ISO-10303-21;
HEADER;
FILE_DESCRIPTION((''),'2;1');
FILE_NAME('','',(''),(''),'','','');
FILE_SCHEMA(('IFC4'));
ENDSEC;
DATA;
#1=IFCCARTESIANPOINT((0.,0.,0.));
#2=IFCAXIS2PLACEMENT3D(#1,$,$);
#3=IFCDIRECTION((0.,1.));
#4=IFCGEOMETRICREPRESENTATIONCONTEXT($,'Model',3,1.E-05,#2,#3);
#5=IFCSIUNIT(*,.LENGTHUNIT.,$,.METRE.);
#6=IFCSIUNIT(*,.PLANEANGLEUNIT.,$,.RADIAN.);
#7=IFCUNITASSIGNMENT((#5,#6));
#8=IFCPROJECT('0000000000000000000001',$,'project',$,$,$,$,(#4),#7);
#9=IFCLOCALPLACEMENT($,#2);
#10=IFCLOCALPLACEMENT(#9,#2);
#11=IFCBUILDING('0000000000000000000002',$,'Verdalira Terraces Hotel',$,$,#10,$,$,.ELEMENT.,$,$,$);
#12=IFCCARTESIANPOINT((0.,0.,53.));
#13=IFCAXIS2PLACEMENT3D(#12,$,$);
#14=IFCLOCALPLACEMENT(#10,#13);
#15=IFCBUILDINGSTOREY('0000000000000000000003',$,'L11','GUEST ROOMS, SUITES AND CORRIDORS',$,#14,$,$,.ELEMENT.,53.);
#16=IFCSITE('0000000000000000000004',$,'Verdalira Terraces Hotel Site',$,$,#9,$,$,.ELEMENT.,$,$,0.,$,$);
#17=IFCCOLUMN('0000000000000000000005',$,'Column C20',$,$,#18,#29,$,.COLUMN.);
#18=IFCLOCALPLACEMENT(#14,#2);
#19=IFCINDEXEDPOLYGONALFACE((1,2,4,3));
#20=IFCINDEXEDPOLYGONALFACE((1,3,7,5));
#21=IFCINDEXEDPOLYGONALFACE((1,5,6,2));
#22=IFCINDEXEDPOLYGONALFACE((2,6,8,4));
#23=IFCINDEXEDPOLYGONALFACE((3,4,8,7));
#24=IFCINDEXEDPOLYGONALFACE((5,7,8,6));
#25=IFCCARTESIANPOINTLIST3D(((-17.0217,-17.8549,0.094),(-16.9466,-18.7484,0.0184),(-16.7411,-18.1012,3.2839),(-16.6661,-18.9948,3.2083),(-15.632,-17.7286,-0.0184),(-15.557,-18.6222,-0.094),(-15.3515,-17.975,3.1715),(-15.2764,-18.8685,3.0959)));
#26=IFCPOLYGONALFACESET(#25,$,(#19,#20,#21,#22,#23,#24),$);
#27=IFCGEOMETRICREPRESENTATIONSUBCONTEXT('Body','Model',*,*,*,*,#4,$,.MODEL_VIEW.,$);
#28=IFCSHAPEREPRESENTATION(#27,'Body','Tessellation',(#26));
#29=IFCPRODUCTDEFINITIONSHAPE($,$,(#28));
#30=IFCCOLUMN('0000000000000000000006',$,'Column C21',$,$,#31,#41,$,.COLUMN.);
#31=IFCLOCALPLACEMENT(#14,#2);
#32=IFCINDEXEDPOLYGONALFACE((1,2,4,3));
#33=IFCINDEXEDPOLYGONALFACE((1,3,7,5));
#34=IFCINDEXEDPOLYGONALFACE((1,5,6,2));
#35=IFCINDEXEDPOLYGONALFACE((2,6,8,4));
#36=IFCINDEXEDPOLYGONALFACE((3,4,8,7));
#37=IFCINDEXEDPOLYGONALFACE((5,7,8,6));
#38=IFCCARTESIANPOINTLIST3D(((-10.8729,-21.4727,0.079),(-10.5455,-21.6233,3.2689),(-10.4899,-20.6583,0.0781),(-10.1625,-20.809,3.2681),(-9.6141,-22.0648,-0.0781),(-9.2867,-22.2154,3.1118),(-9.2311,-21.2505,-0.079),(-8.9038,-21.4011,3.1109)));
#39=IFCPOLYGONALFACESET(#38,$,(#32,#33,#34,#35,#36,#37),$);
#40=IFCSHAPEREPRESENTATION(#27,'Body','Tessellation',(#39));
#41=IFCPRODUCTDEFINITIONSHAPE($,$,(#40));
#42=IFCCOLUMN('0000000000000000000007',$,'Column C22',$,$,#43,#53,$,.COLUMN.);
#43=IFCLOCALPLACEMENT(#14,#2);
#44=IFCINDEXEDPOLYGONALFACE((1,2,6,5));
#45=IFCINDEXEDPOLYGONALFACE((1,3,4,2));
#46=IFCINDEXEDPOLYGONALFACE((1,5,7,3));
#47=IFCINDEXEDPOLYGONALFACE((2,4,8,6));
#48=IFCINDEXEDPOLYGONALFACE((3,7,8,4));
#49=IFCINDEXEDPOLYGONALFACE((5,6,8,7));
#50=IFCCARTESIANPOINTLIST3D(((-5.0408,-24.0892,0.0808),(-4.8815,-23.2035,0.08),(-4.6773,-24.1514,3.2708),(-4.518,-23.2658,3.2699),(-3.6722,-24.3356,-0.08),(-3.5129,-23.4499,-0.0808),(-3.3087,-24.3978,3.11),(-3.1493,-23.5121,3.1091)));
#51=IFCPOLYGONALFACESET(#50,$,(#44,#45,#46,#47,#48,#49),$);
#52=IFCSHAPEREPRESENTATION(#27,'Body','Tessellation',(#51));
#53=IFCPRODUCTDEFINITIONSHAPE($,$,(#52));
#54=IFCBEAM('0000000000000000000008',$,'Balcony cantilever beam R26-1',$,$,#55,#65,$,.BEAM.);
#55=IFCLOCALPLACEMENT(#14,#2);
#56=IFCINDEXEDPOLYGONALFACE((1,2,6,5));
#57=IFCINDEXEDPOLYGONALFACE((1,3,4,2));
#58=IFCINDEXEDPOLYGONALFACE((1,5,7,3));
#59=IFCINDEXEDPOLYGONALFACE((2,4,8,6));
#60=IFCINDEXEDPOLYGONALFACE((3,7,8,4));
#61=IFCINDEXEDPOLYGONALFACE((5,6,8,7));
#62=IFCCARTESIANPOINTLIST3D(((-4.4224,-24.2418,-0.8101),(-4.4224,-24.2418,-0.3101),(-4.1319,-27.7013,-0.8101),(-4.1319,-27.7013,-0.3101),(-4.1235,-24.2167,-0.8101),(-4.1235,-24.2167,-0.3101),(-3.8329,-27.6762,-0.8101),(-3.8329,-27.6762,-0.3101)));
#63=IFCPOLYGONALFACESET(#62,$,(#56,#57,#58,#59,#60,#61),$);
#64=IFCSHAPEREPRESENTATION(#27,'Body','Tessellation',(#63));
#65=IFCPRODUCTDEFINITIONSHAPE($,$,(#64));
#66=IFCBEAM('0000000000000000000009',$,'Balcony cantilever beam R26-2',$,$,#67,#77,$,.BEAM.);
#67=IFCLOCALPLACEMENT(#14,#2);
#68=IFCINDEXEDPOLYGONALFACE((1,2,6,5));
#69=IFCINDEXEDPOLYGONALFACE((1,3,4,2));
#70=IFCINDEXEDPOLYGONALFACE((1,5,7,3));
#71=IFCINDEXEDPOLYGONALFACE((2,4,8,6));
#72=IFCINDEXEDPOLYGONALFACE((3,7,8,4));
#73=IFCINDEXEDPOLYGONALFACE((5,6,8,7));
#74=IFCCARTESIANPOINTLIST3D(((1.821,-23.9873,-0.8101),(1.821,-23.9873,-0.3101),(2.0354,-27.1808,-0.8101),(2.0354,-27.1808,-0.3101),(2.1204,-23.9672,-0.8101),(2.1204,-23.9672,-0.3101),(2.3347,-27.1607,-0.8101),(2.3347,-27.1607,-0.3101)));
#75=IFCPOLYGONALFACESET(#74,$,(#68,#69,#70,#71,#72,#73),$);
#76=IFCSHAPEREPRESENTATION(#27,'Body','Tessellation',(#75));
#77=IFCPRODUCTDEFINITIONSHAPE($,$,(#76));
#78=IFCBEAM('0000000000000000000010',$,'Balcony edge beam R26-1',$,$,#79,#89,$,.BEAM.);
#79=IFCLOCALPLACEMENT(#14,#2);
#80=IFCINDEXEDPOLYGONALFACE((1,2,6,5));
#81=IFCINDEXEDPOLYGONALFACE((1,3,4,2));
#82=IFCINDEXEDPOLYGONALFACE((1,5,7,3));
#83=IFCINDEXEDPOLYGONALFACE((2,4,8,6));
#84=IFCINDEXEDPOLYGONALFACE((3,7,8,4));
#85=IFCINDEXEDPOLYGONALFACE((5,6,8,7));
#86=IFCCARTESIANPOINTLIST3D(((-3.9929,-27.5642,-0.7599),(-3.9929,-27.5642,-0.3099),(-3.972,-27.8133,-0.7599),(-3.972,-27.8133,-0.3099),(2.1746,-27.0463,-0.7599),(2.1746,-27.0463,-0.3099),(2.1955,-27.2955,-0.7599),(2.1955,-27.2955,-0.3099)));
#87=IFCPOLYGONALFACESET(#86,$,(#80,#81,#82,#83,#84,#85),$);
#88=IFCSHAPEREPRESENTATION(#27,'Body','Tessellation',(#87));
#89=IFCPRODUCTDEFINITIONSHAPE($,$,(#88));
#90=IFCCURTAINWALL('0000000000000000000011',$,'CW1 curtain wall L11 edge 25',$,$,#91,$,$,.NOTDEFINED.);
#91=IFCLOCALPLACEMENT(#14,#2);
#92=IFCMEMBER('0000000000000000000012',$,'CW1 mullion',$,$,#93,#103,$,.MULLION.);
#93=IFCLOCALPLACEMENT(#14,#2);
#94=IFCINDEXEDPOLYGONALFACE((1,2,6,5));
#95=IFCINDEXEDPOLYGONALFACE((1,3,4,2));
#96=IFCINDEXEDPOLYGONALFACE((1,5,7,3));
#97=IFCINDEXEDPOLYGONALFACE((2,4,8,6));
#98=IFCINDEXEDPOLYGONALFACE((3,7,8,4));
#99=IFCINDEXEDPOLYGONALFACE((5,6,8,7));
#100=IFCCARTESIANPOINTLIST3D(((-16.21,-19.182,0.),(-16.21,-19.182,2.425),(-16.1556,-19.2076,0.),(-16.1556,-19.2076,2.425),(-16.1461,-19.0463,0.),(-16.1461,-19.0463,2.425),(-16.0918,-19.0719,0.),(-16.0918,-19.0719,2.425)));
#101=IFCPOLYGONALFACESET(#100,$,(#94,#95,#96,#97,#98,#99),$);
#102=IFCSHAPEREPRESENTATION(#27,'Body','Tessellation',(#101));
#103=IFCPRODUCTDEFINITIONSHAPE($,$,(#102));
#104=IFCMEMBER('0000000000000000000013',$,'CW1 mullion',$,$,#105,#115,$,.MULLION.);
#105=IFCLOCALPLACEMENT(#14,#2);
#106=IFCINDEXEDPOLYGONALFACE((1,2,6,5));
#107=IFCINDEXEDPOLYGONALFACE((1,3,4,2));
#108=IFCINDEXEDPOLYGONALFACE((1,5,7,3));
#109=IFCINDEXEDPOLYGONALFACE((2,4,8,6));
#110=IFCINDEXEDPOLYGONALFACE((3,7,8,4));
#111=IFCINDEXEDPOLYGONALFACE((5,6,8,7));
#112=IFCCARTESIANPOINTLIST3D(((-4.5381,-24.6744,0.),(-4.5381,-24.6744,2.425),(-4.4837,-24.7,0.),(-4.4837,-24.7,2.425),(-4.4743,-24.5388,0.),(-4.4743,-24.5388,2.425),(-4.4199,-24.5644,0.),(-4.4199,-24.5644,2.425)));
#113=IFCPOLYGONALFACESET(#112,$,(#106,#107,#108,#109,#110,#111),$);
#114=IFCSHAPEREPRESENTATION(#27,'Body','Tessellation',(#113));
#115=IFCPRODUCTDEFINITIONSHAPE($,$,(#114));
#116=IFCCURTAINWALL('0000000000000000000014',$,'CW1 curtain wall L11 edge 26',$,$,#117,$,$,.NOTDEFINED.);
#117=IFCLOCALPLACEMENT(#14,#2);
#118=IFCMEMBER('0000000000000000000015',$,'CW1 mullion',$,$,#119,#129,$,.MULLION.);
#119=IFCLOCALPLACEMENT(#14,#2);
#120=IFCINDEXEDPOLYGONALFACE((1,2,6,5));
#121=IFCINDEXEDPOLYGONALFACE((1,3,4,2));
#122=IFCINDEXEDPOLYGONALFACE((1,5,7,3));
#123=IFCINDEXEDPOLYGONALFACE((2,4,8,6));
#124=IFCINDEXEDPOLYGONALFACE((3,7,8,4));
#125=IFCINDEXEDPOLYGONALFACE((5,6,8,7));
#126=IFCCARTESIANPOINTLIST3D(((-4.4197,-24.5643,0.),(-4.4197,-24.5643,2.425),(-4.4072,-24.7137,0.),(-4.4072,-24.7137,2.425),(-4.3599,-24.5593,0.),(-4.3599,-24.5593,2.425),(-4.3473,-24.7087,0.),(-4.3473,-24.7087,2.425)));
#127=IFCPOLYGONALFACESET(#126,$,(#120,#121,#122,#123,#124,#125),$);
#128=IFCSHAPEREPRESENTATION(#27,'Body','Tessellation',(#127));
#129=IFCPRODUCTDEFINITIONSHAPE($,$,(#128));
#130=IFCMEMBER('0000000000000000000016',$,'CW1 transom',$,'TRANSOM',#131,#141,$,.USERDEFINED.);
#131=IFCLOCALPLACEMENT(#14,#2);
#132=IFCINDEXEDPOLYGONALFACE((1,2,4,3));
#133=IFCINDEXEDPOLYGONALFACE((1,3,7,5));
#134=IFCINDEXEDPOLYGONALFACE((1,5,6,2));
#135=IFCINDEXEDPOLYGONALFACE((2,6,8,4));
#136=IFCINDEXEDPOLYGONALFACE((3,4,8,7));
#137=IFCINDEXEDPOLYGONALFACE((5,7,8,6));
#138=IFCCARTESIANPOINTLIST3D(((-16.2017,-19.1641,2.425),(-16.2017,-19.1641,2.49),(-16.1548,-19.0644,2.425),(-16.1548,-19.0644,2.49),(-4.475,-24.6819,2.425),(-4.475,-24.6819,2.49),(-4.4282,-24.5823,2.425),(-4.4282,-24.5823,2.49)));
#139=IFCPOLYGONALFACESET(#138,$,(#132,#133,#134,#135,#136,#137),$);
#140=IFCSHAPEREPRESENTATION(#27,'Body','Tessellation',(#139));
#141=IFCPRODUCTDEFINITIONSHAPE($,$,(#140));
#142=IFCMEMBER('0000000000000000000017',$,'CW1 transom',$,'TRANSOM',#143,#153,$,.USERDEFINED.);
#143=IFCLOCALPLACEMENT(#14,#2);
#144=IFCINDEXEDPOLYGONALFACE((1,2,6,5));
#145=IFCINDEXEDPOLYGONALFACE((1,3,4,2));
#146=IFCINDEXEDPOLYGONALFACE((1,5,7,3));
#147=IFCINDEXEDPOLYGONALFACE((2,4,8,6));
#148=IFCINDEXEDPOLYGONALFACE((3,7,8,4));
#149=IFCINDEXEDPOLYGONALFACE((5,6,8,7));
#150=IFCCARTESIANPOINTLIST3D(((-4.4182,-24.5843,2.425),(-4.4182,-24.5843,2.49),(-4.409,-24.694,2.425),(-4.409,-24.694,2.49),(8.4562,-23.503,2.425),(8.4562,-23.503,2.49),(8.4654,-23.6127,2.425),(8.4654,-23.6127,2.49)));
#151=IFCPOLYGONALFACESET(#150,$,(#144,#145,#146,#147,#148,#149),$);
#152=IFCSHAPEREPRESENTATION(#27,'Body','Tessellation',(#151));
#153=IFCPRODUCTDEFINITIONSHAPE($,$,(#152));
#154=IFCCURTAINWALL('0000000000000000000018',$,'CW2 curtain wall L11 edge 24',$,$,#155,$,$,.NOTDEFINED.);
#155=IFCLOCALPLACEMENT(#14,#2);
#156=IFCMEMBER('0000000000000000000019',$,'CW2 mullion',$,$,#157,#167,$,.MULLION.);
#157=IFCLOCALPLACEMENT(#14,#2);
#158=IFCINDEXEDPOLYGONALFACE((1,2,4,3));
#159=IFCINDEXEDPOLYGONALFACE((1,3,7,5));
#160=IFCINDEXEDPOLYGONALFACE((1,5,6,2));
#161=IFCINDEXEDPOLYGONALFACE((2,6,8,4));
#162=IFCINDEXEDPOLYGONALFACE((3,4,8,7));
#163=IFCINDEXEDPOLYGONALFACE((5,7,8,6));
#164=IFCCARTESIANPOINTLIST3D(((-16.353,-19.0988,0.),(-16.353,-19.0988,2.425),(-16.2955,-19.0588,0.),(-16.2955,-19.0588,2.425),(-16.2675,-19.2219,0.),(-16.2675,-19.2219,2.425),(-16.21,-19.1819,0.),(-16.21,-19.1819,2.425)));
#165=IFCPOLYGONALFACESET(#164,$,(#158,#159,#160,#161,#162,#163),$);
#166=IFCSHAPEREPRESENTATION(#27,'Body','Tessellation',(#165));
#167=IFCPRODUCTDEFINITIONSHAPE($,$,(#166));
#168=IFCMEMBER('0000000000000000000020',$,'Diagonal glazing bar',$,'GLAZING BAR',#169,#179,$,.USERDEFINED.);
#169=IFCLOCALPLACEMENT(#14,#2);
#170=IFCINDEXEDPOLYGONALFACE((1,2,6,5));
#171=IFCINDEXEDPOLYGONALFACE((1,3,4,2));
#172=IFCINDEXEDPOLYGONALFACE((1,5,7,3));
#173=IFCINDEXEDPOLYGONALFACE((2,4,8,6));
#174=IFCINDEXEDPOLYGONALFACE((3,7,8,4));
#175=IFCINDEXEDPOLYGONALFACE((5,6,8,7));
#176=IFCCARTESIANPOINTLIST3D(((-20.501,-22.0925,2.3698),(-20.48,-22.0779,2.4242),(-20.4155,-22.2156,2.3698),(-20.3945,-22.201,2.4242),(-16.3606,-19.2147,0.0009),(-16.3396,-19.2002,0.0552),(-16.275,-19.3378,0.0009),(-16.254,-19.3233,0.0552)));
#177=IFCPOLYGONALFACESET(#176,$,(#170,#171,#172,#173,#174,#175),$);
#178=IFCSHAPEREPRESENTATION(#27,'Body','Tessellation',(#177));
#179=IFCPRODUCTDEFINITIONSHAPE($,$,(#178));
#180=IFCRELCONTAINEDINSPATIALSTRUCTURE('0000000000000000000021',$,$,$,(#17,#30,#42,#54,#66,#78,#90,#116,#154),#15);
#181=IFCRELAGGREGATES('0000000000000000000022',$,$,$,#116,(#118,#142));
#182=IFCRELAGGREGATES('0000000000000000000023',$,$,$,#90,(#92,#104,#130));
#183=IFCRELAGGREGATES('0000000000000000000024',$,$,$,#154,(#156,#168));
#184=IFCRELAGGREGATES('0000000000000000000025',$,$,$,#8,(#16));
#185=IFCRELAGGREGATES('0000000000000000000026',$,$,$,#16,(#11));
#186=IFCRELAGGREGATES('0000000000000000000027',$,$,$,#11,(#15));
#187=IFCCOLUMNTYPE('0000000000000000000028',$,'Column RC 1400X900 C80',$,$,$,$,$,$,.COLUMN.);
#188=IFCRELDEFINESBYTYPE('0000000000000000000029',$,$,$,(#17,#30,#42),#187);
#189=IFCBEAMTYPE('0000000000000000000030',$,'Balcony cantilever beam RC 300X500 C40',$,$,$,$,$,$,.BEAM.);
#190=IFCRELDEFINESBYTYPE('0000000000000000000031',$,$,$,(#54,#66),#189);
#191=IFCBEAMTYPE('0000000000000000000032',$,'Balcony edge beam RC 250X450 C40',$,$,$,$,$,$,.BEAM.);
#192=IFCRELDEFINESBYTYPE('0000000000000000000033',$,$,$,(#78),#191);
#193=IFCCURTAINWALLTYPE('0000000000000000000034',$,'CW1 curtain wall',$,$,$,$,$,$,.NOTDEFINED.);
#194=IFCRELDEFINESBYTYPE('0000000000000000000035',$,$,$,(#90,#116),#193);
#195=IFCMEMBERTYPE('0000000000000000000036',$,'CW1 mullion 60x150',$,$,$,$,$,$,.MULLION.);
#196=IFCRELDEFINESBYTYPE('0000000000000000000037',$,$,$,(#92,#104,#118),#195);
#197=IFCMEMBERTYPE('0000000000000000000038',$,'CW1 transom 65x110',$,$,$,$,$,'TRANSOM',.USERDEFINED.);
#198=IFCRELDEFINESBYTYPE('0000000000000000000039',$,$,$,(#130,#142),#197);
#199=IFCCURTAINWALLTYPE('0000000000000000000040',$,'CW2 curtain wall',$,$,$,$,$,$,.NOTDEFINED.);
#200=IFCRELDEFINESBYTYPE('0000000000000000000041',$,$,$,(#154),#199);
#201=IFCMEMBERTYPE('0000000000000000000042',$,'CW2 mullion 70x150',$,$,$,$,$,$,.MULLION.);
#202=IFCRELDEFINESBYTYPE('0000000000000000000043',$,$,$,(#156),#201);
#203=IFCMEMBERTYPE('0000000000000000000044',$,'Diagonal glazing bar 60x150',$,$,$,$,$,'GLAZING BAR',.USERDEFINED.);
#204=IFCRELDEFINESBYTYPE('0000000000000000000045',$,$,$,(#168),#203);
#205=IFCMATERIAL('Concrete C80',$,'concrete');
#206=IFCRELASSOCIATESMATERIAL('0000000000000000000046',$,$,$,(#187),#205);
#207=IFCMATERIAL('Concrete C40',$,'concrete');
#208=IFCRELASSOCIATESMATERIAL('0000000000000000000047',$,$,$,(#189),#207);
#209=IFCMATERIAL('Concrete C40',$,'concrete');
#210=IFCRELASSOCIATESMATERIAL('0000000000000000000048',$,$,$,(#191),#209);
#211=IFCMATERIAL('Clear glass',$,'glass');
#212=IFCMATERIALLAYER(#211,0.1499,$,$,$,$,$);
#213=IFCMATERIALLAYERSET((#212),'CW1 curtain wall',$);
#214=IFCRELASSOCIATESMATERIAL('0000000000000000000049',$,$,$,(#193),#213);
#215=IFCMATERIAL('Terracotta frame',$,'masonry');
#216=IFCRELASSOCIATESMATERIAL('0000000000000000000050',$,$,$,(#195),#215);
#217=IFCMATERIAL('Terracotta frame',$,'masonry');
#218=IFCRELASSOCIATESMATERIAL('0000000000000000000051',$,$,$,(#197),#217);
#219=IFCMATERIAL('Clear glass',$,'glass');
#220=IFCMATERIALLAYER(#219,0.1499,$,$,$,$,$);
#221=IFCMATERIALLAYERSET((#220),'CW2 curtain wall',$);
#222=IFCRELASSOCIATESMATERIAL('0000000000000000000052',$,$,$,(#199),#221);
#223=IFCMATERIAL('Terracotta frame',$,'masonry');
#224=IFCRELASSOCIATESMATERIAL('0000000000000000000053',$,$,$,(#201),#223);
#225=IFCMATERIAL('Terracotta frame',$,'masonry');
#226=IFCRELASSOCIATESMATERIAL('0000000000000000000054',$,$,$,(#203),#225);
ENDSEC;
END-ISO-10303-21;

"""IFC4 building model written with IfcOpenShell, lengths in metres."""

from ifc_helpers import new_model, si_unit, direction, frame, origin, origin_2d, place, context, subcontext, project, spatial, rectangle, extrude, material, layer, layer_set, material_profile, profile_set, type_object, element, aggregate, save


model = new_model("IFC4")

# Units and contexts
model_context = context("Model", 3, precision=1e-05, world=origin(), true_north=direction((0.0, 1.0)))
body_context = subcontext(model_context, "Body", "Model", "MODEL_VIEW")
ifc_project = project(units=[si_unit("LENGTHUNIT", "METRE"), si_unit("PLANEANGLEUNIT", "RADIAN")], contexts=[model_context])

# Site, building, storey
site_placement = place(None, origin())
site = spatial("IfcSite", under=ifc_project, at=site_placement, Name="Verdalira Terraces Hotel Site", CompositionType="ELEMENT", RefElevation=0.0)
building_placement = place(site_placement, origin())
building = spatial("IfcBuilding", under=site, at=building_placement, Name="Verdalira Terraces Hotel", CompositionType="ELEMENT")
storey_placement = place(building_placement, frame((0.0, 0.0, 53.0)))
storey = spatial("IfcBuildingStorey", under=building, at=storey_placement, Name="L11", Description="GUEST ROOMS, SUITES AND CORRIDORS", CompositionType="ELEMENT", Elevation=53.0)

# Columns
ifc_material_1 = material(Name="Concrete C80", Category="concrete")
ifc_material_profile_1 = material_profile(ifc_material_1, rectangle(XDim=1.3999, YDim=0.8999, at=origin_2d()), Name="RC 1400X900")
ifc_profile_set_1 = profile_set([ifc_material_profile_1], Name="Concrete C80")
column_type = type_object("IfcColumnType", Name="Column RC 1400X900 C80", PredefinedType="COLUMN", material=ifc_profile_set_1)
column_1_placement = place(storey_placement, frame((-16.2893, -18.2385, 0.0), z_axis=(0.087342, -0.0767, 0.993221), x_axis=(-0.992681, -0.09017, 0.080331)))
element("IfcColumn", 1, at=column_1_placement, inside=storey, type_object=column_type, Name="Column C20", PredefinedType="COLUMN", context=body_context, shape_type="SweptSolid", body=[
    extrude(rectangle(XDim=1.3999, YDim=0.8999, at=origin_2d()), origin(), (0.0, 0.0, 1.0), 3.2117),
])
column_2_placement = place(storey_placement, frame((-10.052, -21.3616, 0.0), z_axis=(0.101984, -0.046923, 0.993679), x_axis=(0.899156, -0.422987, -0.112257)))
element("IfcColumn", 2, at=column_2_placement, inside=storey, type_object=column_type, Name="Column C21", PredefinedType="COLUMN", context=body_context, shape_type="SweptSolid", body=[
    extrude(rectangle(XDim=1.3999, YDim=0.8999, at=origin_2d()), origin(), (0.0, 0.0, 1.0), 3.2102),
])
column_3_placement = place(storey_placement, frame((-4.2769, -23.7695, 0.0), z_axis=(0.113206, -0.019387, 0.993382), x_axis=(-0.97767, 0.175988, 0.11485)))
element("IfcColumn", 3, at=column_3_placement, inside=storey, type_object=column_type, Name="Column C22", PredefinedType="COLUMN", context=body_context, shape_type="SweptSolid", body=[
    extrude(rectangle(XDim=1.3999, YDim=0.8999, at=origin_2d()), origin(), (0.0, 0.0, 1.0), 3.2112),
])

# Beams
ifc_material_2 = material(Name="Concrete C40", Category="concrete")
ifc_material_profile_2 = material_profile(ifc_material_2, rectangle(XDim=0.3, YDim=0.5, at=origin_2d()), Name="RC 300X500")
ifc_profile_set_2 = profile_set([ifc_material_profile_2], Name="Concrete C40")
beam_type_1 = type_object("IfcBeamType", Name="Balcony cantilever beam RC 300X500 C40", PredefinedType="BEAM", material=ifc_profile_set_2)
beam_1_placement = place(storey_placement, frame((-4.2729, -24.2292, -0.5601), z_axis=(0.083686, -0.996492, 0.0), x_axis=(0.996492, 0.083686, 0.0)))
element("IfcBeam", 4, at=beam_1_placement, inside=storey, type_object=beam_type_1, Name="Balcony cantilever beam R26-1", PredefinedType="BEAM", context=body_context, shape_type="SweptSolid", body=[
    extrude(rectangle(XDim=0.3, YDim=0.5, at=origin_2d()), origin(), (0.0, 0.0, 1.0), 3.4717),
])
beam_2_placement = place(storey_placement, frame((1.9707, -23.9773, -0.5601), z_axis=(0.06697, -0.997755, 0.0), x_axis=(0.997755, 0.06697, 0.0)))
element("IfcBeam", 5, at=beam_2_placement, inside=storey, type_object=beam_type_1, Name="Balcony cantilever beam R26-2", PredefinedType="BEAM", context=body_context, shape_type="SweptSolid", body=[
    extrude(rectangle(XDim=0.3, YDim=0.5, at=origin_2d()), origin(), (0.0, 0.0, 1.0), 3.2007),
])
ifc_material_3 = material(Name="Concrete C40", Category="concrete")
ifc_material_profile_3 = material_profile(ifc_material_3, rectangle(XDim=0.25, YDim=0.45, at=origin_2d()), Name="RC 250X450")
ifc_profile_set_3 = profile_set([ifc_material_profile_3], Name="Concrete C40")
beam_type_2 = type_object("IfcBeamType", Name="Balcony edge beam RC 250X450 C40", PredefinedType="BEAM", material=ifc_profile_set_3)
beam_3_placement = place(storey_placement, frame((-3.9824, -27.6887, -0.5349), z_axis=(0.996494, 0.083666, 0.0), x_axis=(-0.083666, 0.996494, 0.0)))
element("IfcBeam", 6, at=beam_3_placement, inside=storey, type_object=beam_type_2, Name="Balcony edge beam R26-1", PredefinedType="BEAM", context=body_context, shape_type="SweptSolid", body=[
    extrude(rectangle(XDim=0.25, YDim=0.45, at=origin_2d()), origin(), (0.0, 0.0, 1.0), 6.1892),
])

# Curtain wall, members
ifc_material_4 = material(Name="Clear glass", Category="glass")
ifc_layer_1 = layer(ifc_material_4, 0.1499)
ifc_layer_set_1 = layer_set([ifc_layer_1], Name="CW1 curtain wall")
curtain_wall_type_1 = type_object("IfcCurtainWallType", Name="CW1 curtain wall", PredefinedType="NOTDEFINED", material=ifc_layer_set_1)
curtain_wall_1_placement = place(storey_placement, origin())
curtain_wall_1 = element("IfcCurtainWall", 7, at=curtain_wall_1_placement, inside=storey, type_object=curtain_wall_type_1, Name="CW1 curtain wall L11 edge 25", PredefinedType="NOTDEFINED")
ifc_material_5 = material(Name="Terracotta frame", Category="masonry")
ifc_material_profile_4 = material_profile(ifc_material_5, rectangle(XDim=0.0601, YDim=0.1499, at=origin_2d()), Name="MU 60x150")
ifc_profile_set_4 = profile_set([ifc_material_profile_4], Name="Terracotta frame")
member_type_1 = type_object("IfcMemberType", Name="CW1 mullion 60x150", PredefinedType="MULLION", material=ifc_profile_set_4)
member_1_placement = place(storey_placement, frame((-16.1509, -19.127, 0.0), z_axis=(0.0, 0.0, 1.0), x_axis=(0.904827, -0.425779, 0.0)))
member_1 = element("IfcMember", 8, at=member_1_placement, type_object=member_type_1, Name="CW1 mullion", PredefinedType="MULLION", context=body_context, shape_type="SweptSolid", body=[
    extrude(rectangle(XDim=0.0601, YDim=0.1499, at=origin_2d()), origin(), (0.0, 0.0, 1.0), 2.425),
])
member_2_placement = place(storey_placement, frame((-4.479, -24.6194, 0.0), z_axis=(0.0, 0.0, 1.0), x_axis=(0.904827, -0.425779, 0.0)))
member_2 = element("IfcMember", 9, at=member_2_placement, type_object=member_type_1, Name="CW1 mullion", PredefinedType="MULLION", context=body_context, shape_type="SweptSolid", body=[
    extrude(rectangle(XDim=0.0601, YDim=0.1499, at=origin_2d()), origin(), (0.0, 0.0, 1.0), 2.425),
])

# Curtain wall, member
curtain_wall_2_placement = place(storey_placement, origin())
curtain_wall_2 = element("IfcCurtainWall", 10, at=curtain_wall_2_placement, inside=storey, type_object=curtain_wall_type_1, Name="CW1 curtain wall L11 edge 26", PredefinedType="NOTDEFINED")
member_3_placement = place(storey_placement, frame((-4.3835, -24.6365, 0.0), z_axis=(0.0, 0.0, 1.0), x_axis=(0.996493, 0.083678, 0.0)))
member_3 = element("IfcMember", 11, at=member_3_placement, type_object=member_type_1, Name="CW1 mullion", PredefinedType="MULLION", context=body_context, shape_type="SweptSolid", body=[
    extrude(rectangle(XDim=0.0601, YDim=0.1499, at=origin_2d()), origin(), (0.0, 0.0, 1.0), 2.425),
])

# Members
ifc_material_6 = material(Name="Terracotta frame", Category="masonry")
ifc_material_profile_5 = material_profile(ifc_material_6, rectangle(XDim=0.1101, YDim=0.0649, at=origin_2d()), Name="TR 65x110")
ifc_profile_set_5 = profile_set([ifc_material_profile_5], Name="Terracotta frame")
member_type_2 = type_object("IfcMemberType", Name="CW1 transom 65x110", ElementType="TRANSOM", PredefinedType="USERDEFINED", material=ifc_profile_set_5)
member_4_placement = place(storey_placement, frame((-16.1782, -19.1143, 2.4575), z_axis=(0.904835, -0.425762, 0.0), x_axis=(0.425762, 0.904835, 0.0)))
member_4 = element("IfcMember", 12, at=member_4_placement, type_object=member_type_2, Name="CW1 transom", ObjectType="TRANSOM", PredefinedType="USERDEFINED", context=body_context, shape_type="SweptSolid", body=[
    extrude(rectangle(XDim=0.1101, YDim=0.0649, at=origin_2d()), origin(), (0.0, 0.0, 1.0), 12.96),
])
member_5_placement = place(storey_placement, frame((-4.4136, -24.6392, 2.4575), z_axis=(0.996491, 0.083694, 0.0), x_axis=(-0.083694, 0.996491, 0.0)))
member_5 = element("IfcMember", 13, at=member_5_placement, type_object=member_type_2, Name="CW1 transom", ObjectType="TRANSOM", PredefinedType="USERDEFINED", context=body_context, shape_type="SweptSolid", body=[
    extrude(rectangle(XDim=0.1101, YDim=0.0649, at=origin_2d()), origin(), (0.0, 0.0, 1.0), 12.9197),
])

# Curtain wall, members
ifc_material_7 = material(Name="Clear glass", Category="glass")
ifc_layer_2 = layer(ifc_material_7, 0.1499)
ifc_layer_set_2 = layer_set([ifc_layer_2], Name="CW2 curtain wall")
curtain_wall_type_2 = type_object("IfcCurtainWallType", Name="CW2 curtain wall", PredefinedType="NOTDEFINED", material=ifc_layer_set_2)
curtain_wall_3_placement = place(storey_placement, origin())
curtain_wall_3 = element("IfcCurtainWall", 14, at=curtain_wall_3_placement, inside=storey, type_object=curtain_wall_type_2, Name="CW2 curtain wall L11 edge 24", PredefinedType="NOTDEFINED")
ifc_material_8 = material(Name="Terracotta frame", Category="masonry")
ifc_material_profile_6 = material_profile(ifc_material_8, rectangle(XDim=0.0701, YDim=0.1499, at=origin_2d()), Name="MU 70x150")
ifc_profile_set_6 = profile_set([ifc_material_profile_6], Name="Terracotta frame")
member_type_3 = type_object("IfcMemberType", Name="CW2 mullion 70x150", PredefinedType="MULLION", material=ifc_profile_set_6)
member_6_placement = place(storey_placement, frame((-16.2815, -19.1404, 0.0), z_axis=(0.0, 0.0, 1.0), x_axis=(0.821149, 0.570714, 0.0)))
member_6 = element("IfcMember", 15, at=member_6_placement, type_object=member_type_3, Name="CW2 mullion", PredefinedType="MULLION", context=body_context, shape_type="SweptSolid", body=[
    extrude(rectangle(XDim=0.0701, YDim=0.1499, at=origin_2d()), origin(), (0.0, 0.0, 1.0), 2.425),
])
ifc_material_9 = material(Name="Terracotta frame", Category="masonry")
ifc_material_profile_7 = material_profile(ifc_material_9, rectangle(XDim=0.1499, YDim=0.0601, at=origin_2d()), Name="GB 60x150")
ifc_profile_set_7 = profile_set([ifc_material_profile_7], Name="Terracotta frame")
member_type_4 = type_object("IfcMemberType", Name="Diagonal glazing bar 60x150", ElementType="GLAZING BAR", PredefinedType="USERDEFINED", material=ifc_profile_set_7)
member_7_placement = place(storey_placement, frame((-20.4478, -22.1467, 2.397), z_axis=(0.743209, 0.516552, -0.425223), x_axis=(-0.57072, 0.821145, 0.0)))
member_7 = element("IfcMember", 16, at=member_7_placement, type_object=member_type_4, Name="Diagonal glazing bar", ObjectType="GLAZING BAR", PredefinedType="USERDEFINED", context=body_context, shape_type="SweptSolid", body=[
    extrude(rectangle(XDim=0.1499, YDim=0.0601, at=origin_2d()), origin(), (0.0, 0.0, 1.0), 5.571),
])

aggregate(curtain_wall_2, [member_3, member_5])

aggregate(curtain_wall_1, [member_1, member_2, member_4])
aggregate(curtain_wall_3, [member_6, member_7])

save(model, "model.ifc")
